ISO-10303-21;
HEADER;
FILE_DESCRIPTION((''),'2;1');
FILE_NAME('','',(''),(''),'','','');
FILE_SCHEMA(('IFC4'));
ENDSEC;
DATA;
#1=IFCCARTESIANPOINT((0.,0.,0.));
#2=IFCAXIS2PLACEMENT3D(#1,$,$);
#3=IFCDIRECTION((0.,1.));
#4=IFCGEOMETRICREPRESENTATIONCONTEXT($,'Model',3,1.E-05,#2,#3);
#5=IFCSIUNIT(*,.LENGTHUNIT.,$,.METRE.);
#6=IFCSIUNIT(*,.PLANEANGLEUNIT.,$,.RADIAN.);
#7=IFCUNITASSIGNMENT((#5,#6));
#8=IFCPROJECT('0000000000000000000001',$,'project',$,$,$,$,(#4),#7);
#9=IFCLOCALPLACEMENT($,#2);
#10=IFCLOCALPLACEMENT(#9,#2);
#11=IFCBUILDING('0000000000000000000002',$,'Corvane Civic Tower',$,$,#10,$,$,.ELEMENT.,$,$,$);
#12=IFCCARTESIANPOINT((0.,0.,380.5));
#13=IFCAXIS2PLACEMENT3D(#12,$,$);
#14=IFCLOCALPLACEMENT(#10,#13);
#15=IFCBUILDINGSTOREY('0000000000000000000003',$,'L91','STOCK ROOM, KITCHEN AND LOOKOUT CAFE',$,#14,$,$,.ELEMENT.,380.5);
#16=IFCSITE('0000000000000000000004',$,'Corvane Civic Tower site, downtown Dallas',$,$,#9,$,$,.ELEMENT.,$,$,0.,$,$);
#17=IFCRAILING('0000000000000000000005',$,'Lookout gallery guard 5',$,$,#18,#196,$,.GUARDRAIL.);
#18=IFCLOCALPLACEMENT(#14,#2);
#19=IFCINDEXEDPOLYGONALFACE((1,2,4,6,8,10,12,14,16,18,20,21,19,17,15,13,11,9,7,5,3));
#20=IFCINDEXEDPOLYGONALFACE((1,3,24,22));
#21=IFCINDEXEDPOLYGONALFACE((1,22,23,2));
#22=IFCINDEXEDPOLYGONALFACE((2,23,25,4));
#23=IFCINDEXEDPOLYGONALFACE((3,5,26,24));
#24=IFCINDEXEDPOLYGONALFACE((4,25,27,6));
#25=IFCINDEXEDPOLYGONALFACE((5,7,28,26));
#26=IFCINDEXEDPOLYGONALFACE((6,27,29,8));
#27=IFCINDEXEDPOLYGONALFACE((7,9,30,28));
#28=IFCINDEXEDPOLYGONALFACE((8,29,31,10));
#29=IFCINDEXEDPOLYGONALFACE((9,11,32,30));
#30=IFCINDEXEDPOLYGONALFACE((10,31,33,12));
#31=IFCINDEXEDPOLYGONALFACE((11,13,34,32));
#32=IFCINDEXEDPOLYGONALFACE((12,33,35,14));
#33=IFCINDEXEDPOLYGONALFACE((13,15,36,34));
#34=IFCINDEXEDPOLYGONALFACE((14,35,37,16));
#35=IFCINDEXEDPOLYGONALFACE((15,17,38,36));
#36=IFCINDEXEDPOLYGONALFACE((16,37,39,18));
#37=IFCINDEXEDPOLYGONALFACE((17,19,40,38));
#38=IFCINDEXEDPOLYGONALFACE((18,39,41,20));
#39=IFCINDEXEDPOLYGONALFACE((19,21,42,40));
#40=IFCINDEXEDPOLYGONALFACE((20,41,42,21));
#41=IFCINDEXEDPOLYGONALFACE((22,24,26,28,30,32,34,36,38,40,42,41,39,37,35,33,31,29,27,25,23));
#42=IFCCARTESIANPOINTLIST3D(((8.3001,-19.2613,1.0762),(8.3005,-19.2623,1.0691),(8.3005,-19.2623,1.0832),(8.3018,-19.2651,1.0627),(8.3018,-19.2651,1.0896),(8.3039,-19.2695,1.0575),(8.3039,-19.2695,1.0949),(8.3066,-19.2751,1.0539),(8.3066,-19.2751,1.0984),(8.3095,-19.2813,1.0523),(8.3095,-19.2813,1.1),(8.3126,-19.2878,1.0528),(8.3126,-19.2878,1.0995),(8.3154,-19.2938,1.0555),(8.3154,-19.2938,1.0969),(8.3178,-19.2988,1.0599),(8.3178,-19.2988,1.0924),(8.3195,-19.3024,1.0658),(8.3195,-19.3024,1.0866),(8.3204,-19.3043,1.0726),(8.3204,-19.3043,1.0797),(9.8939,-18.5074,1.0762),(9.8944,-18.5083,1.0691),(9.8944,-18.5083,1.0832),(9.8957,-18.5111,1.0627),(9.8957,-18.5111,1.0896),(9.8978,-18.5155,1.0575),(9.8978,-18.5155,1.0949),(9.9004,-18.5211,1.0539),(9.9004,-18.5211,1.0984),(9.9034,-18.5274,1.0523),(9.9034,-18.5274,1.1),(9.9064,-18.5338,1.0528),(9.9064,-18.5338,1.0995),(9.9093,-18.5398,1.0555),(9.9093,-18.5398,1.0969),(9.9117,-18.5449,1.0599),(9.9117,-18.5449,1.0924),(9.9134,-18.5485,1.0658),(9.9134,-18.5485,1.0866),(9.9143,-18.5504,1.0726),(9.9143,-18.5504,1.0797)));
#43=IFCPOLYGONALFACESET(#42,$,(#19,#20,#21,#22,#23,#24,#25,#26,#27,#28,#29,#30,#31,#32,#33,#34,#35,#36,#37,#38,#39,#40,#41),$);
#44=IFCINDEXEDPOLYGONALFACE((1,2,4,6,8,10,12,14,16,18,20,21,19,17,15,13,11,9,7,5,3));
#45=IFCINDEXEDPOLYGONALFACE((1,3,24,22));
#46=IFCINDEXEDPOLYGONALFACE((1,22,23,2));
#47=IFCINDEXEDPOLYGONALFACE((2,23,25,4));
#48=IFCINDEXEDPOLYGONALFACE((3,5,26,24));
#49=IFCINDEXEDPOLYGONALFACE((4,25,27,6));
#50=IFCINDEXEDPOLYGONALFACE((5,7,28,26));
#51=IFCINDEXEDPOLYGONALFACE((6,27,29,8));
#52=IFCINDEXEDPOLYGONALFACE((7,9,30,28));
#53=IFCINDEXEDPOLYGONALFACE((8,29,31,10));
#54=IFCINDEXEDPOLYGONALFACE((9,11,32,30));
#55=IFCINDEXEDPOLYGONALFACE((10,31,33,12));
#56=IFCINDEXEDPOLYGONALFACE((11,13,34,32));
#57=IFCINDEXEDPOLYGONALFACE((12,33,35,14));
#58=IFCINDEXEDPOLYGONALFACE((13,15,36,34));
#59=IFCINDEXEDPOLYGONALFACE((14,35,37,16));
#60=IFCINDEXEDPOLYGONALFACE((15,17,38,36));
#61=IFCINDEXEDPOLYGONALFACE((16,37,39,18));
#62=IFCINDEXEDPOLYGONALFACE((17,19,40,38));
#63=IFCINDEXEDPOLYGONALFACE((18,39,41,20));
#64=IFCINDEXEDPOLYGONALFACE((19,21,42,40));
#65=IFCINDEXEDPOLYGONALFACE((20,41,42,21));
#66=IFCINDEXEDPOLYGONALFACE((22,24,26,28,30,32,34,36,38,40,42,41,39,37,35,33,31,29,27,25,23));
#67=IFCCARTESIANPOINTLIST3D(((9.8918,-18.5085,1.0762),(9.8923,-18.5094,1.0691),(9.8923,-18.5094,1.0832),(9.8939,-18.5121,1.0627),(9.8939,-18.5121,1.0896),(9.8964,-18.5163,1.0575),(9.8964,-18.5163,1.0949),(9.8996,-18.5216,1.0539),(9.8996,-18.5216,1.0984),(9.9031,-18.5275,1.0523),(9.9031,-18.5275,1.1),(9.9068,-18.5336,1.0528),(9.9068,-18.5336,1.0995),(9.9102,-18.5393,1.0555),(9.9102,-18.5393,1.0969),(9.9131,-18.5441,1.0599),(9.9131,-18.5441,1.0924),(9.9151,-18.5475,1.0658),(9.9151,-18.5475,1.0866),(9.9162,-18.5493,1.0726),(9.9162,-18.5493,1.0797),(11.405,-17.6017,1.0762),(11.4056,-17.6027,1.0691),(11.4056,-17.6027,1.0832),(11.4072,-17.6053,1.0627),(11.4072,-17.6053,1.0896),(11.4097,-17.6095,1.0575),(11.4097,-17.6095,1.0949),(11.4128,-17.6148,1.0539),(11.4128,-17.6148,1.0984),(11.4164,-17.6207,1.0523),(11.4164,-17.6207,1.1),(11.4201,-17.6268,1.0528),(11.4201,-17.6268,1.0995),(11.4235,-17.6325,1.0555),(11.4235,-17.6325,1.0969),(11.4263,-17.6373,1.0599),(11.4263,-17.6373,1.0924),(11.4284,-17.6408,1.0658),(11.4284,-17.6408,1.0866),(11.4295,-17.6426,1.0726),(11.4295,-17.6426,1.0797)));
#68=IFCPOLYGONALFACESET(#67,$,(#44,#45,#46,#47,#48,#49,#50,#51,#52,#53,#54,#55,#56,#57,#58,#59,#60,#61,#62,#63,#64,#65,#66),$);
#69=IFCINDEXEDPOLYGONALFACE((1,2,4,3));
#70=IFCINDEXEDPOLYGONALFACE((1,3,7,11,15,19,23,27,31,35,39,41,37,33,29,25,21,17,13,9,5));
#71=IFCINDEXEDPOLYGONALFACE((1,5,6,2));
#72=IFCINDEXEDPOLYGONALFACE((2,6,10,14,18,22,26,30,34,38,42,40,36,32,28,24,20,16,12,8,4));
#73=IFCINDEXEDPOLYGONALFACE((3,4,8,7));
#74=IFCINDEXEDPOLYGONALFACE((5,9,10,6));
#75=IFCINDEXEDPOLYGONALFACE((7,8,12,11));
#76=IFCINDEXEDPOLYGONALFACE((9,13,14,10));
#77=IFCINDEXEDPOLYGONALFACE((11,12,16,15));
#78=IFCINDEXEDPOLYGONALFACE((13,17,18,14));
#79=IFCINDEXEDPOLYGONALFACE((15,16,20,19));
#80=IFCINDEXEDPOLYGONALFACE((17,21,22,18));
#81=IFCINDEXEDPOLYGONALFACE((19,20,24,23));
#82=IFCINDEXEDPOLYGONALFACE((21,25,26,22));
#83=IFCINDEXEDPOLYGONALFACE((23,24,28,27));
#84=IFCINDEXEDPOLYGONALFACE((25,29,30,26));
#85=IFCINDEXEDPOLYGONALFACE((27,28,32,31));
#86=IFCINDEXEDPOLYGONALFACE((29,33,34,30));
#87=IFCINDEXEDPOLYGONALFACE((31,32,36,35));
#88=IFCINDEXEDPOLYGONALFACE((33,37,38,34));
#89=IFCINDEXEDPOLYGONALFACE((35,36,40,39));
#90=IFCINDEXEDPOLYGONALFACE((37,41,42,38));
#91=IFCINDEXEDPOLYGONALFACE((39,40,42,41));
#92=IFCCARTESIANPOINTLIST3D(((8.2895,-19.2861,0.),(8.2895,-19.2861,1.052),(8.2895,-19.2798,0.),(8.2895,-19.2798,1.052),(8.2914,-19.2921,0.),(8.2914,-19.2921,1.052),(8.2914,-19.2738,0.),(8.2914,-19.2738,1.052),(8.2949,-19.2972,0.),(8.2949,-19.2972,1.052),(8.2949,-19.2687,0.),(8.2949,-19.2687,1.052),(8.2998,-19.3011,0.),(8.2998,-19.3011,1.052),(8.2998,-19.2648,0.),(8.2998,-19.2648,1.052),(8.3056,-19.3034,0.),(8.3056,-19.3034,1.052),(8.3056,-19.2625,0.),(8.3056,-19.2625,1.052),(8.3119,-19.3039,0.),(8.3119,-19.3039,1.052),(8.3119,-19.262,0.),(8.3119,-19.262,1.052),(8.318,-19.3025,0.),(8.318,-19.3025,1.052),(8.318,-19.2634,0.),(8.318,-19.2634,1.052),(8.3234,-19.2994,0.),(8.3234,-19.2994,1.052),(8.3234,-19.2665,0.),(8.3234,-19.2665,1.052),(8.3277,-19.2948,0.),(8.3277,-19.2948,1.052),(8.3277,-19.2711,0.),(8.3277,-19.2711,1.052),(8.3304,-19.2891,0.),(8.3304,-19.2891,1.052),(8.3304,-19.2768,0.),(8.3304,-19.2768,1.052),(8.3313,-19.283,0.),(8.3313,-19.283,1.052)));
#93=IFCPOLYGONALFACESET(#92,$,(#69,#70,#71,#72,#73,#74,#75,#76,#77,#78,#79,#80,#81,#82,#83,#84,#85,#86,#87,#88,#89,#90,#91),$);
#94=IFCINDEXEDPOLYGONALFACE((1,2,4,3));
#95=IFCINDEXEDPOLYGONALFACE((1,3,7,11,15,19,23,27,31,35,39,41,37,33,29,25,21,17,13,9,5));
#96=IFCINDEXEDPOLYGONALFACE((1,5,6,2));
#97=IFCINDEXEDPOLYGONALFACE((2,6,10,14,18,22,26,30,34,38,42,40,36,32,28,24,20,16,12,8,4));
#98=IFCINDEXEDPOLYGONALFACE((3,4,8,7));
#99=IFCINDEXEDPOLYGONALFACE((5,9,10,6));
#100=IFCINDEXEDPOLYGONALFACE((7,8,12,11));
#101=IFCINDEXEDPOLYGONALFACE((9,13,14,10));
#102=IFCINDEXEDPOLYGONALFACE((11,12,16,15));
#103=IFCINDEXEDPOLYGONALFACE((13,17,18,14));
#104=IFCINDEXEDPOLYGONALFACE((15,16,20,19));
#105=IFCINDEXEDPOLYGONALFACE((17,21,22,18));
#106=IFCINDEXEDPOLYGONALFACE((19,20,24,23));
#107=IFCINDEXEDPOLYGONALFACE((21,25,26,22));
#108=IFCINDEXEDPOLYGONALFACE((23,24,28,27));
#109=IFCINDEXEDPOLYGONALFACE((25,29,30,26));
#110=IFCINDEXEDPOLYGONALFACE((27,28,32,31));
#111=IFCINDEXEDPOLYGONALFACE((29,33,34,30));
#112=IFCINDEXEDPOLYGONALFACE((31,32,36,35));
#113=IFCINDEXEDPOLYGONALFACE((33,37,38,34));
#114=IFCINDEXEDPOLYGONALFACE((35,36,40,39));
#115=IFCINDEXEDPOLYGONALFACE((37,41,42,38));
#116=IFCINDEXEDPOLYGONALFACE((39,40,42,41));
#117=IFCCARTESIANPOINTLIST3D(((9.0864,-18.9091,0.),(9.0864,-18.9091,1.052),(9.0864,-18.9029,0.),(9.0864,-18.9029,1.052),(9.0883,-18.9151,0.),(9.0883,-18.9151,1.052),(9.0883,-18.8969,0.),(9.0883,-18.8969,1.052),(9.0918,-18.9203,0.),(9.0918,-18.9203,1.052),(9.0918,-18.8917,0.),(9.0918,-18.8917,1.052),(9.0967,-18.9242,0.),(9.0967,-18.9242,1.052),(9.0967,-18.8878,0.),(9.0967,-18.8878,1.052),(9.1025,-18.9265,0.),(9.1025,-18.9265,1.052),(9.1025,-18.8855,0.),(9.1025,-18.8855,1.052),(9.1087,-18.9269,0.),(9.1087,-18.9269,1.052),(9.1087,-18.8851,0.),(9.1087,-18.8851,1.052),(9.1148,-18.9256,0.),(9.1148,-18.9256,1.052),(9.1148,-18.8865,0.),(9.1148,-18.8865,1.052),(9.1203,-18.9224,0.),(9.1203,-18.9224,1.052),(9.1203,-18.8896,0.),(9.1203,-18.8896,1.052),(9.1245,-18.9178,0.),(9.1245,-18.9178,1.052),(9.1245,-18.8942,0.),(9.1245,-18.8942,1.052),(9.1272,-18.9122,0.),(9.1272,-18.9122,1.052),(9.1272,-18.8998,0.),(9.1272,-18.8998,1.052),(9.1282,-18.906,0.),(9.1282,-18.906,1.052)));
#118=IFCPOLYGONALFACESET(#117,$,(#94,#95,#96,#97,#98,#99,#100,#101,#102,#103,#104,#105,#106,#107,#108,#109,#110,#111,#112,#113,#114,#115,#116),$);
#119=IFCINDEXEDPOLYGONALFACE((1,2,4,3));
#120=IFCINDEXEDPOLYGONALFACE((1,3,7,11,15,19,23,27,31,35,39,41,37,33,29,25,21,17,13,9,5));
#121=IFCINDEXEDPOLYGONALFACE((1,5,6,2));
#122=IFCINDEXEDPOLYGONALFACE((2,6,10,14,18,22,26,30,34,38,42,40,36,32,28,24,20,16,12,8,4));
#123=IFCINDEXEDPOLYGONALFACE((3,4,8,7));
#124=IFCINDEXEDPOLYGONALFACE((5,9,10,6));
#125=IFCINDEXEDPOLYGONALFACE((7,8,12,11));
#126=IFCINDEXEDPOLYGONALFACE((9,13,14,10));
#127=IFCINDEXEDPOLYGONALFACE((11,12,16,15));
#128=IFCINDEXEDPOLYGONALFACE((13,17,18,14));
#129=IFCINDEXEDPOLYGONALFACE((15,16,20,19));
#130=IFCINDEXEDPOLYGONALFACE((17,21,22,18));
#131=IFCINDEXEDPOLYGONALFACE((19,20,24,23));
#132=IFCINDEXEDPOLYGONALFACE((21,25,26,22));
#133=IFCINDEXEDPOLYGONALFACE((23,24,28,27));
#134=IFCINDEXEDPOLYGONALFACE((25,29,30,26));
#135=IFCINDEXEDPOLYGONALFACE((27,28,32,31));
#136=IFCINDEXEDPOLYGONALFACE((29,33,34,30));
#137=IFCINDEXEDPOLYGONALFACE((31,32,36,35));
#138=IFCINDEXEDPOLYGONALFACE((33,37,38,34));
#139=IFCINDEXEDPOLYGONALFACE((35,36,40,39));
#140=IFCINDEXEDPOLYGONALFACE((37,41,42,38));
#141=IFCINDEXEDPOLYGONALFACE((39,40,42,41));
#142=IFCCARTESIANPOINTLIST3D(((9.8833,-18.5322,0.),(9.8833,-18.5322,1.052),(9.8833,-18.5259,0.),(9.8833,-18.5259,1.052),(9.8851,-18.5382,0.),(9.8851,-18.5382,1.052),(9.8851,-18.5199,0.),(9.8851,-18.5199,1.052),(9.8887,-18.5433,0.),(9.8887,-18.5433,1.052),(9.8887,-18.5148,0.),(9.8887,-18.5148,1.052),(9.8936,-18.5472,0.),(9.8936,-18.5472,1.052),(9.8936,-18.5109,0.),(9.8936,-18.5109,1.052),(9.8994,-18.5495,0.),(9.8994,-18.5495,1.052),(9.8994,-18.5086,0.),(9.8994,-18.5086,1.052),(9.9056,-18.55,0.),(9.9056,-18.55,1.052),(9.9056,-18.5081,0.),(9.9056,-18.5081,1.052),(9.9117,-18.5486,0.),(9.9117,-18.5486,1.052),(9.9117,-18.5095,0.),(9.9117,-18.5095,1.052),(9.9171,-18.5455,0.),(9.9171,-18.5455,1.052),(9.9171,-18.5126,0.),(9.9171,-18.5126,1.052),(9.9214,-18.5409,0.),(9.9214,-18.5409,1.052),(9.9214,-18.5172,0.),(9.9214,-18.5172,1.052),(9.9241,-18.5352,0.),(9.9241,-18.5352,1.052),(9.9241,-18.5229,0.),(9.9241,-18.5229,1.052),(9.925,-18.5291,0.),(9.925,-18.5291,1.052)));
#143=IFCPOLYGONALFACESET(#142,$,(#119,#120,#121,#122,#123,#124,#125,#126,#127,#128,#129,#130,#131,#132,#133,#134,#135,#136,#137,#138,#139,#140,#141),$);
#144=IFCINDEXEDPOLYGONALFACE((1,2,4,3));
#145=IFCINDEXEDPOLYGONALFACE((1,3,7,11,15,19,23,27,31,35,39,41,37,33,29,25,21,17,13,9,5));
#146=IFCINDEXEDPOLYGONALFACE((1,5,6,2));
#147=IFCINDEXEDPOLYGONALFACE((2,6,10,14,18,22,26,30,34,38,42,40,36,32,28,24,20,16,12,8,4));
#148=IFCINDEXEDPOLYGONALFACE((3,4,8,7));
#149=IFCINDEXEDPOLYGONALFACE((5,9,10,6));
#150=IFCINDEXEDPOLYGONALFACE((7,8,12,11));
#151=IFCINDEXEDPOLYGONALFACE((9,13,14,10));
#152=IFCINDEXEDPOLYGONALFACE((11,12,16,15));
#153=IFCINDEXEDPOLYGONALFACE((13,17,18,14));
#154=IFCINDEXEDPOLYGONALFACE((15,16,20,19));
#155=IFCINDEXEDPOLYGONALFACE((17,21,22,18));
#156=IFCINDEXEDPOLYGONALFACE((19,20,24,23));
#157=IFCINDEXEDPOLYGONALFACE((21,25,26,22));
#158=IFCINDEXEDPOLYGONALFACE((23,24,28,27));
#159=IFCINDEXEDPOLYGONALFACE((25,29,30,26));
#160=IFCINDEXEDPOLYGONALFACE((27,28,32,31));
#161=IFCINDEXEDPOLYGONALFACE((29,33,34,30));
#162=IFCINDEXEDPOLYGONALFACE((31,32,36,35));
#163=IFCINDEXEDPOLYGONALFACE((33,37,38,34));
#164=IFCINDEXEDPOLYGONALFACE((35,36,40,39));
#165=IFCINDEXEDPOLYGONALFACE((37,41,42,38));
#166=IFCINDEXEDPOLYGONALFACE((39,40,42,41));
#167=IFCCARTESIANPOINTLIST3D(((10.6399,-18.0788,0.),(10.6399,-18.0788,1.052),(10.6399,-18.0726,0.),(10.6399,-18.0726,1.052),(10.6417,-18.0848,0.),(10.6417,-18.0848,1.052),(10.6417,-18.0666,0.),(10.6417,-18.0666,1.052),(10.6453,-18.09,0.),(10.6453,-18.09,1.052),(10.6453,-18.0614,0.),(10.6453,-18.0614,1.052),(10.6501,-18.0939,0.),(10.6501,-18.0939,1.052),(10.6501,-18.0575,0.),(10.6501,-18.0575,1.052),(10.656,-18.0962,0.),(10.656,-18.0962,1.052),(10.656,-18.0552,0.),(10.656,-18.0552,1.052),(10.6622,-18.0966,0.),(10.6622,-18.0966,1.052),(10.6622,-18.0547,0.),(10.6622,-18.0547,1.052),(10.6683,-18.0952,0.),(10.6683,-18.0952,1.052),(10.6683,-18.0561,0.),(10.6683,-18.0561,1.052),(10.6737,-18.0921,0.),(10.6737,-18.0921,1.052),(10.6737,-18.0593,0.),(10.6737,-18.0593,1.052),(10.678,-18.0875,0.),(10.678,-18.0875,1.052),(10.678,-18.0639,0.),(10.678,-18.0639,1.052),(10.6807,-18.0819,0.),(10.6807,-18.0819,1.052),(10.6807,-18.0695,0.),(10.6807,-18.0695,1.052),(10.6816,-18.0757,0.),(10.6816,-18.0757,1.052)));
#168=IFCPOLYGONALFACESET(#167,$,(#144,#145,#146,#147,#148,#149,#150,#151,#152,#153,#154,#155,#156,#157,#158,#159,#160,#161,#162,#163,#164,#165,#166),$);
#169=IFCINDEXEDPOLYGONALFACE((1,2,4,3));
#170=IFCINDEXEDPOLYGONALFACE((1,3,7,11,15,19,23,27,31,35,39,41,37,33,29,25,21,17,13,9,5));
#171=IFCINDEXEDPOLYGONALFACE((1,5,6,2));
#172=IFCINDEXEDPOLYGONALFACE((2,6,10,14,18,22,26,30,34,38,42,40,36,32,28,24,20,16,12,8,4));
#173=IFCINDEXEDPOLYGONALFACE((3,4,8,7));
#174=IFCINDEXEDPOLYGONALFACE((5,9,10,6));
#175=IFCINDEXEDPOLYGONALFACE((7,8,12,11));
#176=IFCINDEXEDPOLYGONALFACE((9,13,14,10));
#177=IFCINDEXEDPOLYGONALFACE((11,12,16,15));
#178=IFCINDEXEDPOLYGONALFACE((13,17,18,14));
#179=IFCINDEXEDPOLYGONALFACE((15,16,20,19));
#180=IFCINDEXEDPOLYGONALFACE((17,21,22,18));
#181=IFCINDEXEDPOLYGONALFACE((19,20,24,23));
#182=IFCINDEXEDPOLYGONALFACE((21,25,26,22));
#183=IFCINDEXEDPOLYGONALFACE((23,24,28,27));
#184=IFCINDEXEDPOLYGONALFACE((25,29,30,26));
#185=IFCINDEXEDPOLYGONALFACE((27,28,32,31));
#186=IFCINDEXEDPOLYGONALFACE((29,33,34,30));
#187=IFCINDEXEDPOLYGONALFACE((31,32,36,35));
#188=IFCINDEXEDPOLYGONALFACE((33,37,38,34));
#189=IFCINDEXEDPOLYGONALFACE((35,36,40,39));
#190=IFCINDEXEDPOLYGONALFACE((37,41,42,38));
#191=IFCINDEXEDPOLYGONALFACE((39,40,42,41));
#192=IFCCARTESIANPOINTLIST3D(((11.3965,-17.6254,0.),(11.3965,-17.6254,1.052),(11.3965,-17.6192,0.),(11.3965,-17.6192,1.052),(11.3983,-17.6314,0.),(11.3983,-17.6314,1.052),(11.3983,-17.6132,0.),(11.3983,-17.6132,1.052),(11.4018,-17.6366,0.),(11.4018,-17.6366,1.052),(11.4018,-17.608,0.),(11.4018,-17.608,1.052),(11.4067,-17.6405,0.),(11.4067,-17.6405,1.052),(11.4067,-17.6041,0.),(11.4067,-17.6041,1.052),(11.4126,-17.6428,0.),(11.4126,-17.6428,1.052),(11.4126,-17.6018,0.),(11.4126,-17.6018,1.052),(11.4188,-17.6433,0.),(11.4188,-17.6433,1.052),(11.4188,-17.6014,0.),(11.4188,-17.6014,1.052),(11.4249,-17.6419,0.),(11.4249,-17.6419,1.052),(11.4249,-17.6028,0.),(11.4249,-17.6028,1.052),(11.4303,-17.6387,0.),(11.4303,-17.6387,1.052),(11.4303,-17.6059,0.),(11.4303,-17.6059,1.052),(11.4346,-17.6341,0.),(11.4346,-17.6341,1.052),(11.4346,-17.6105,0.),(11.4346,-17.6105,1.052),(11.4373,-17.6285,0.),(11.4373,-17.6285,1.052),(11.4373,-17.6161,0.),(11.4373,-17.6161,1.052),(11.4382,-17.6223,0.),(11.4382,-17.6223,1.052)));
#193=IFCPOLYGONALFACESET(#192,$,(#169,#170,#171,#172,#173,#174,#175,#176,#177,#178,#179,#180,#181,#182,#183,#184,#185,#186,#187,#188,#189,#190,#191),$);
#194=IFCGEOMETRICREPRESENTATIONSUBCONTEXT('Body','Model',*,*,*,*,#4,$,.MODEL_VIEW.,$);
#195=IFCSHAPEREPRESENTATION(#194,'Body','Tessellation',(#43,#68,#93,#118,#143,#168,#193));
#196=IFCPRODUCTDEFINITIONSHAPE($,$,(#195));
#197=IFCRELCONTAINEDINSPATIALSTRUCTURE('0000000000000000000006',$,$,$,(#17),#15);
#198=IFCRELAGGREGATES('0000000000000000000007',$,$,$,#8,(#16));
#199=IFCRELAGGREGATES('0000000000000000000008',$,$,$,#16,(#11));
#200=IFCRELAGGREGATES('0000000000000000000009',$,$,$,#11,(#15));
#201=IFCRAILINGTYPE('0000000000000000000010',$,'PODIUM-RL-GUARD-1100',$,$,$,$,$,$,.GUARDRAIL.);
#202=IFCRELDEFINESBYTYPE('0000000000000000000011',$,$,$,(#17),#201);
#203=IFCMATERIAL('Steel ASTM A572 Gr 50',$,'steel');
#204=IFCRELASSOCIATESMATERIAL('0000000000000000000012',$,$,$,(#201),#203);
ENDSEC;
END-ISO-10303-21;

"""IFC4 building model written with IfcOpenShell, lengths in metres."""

from ifc_helpers import new_model, si_unit, direction, frame, origin, origin_2d, place, context, subcontext, project, spatial, circle, extrude, material, type_object, element, save


model = new_model("IFC4")

# Units and contexts
model_context = context("Model", 3, precision=1e-05, world=origin(), true_north=direction((0.0, 1.0)))
body_context = subcontext(model_context, "Body", "Model", "MODEL_VIEW")
ifc_project = project(units=[si_unit("LENGTHUNIT", "METRE"), si_unit("PLANEANGLEUNIT", "RADIAN")], contexts=[model_context])

# Site, building, storey
site_placement = place(None, origin())
site = spatial("IfcSite", under=ifc_project, at=site_placement, Name="Corvane Civic Tower site, downtown Dallas", CompositionType="ELEMENT", RefElevation=0.0)
building_placement = place(site_placement, origin())
building = spatial("IfcBuilding", under=site, at=building_placement, Name="Corvane Civic Tower", CompositionType="ELEMENT")
storey_placement = place(building_placement, frame((0.0, 0.0, 380.5)))
storey = spatial("IfcBuildingStorey", under=building, at=storey_placement, Name="L91", Description="STOCK ROOM, KITCHEN AND LOOKOUT CAFE", CompositionType="ELEMENT", Elevation=380.5)

# Railing
ifc_material_1 = material(Name="Steel ASTM A572 Gr 50", Category="steel")
railing_type = type_object("IfcRailingType", Name="PODIUM-RL-GUARD-1100", PredefinedType="GUARDRAIL", material=ifc_material_1)
railing_1_placement = place(storey_placement, frame((8.3103, -19.283, 0.0)))
element("IfcRailing", 1, at=railing_1_placement, inside=storey, type_object=railing_type, Name="Lookout gallery guard 5", PredefinedType="GUARDRAIL", context=body_context, shape_type="SweptSolid", body=[
    extrude(circle(Radius=0.0239, at=origin_2d()), frame((0.0, 0.0, 1.0762), z_axis=(0.903963, 0.42761, 0.0), x_axis=(-0.42761, 0.903963, 0.0)), (0.0, 0.0, 1.0), 1.7632),
    extrude(circle(Radius=0.0239, at=origin_2d()), frame((1.5938, 0.7539, 1.0762), z_axis=(0.857786, 0.514007, 0.0), x_axis=(-0.514007, 0.857786, 0.0)), (0.0, 0.0, 1.0), 1.7642),
    extrude(circle(Radius=0.021, at=origin_2d()), origin(), (0.0, 0.0, 1.0), 1.052),
    extrude(circle(Radius=0.021, at=origin_2d()), frame((0.7969, 0.377, 0.0)), (0.0, 0.0, 1.0), 1.052),
    extrude(circle(Radius=0.021, at=origin_2d()), frame((1.5938, 0.7539, 0.0)), (0.0, 0.0, 1.0), 1.052),
    extrude(circle(Radius=0.021, at=origin_2d()), frame((2.3503, 1.2073, 0.0)), (0.0, 0.0, 1.0), 1.052),
    extrude(circle(Radius=0.021, at=origin_2d()), frame((3.1069, 1.6606, 0.0)), (0.0, 0.0, 1.0), 1.052),
])

save(model, "model.ifc")
